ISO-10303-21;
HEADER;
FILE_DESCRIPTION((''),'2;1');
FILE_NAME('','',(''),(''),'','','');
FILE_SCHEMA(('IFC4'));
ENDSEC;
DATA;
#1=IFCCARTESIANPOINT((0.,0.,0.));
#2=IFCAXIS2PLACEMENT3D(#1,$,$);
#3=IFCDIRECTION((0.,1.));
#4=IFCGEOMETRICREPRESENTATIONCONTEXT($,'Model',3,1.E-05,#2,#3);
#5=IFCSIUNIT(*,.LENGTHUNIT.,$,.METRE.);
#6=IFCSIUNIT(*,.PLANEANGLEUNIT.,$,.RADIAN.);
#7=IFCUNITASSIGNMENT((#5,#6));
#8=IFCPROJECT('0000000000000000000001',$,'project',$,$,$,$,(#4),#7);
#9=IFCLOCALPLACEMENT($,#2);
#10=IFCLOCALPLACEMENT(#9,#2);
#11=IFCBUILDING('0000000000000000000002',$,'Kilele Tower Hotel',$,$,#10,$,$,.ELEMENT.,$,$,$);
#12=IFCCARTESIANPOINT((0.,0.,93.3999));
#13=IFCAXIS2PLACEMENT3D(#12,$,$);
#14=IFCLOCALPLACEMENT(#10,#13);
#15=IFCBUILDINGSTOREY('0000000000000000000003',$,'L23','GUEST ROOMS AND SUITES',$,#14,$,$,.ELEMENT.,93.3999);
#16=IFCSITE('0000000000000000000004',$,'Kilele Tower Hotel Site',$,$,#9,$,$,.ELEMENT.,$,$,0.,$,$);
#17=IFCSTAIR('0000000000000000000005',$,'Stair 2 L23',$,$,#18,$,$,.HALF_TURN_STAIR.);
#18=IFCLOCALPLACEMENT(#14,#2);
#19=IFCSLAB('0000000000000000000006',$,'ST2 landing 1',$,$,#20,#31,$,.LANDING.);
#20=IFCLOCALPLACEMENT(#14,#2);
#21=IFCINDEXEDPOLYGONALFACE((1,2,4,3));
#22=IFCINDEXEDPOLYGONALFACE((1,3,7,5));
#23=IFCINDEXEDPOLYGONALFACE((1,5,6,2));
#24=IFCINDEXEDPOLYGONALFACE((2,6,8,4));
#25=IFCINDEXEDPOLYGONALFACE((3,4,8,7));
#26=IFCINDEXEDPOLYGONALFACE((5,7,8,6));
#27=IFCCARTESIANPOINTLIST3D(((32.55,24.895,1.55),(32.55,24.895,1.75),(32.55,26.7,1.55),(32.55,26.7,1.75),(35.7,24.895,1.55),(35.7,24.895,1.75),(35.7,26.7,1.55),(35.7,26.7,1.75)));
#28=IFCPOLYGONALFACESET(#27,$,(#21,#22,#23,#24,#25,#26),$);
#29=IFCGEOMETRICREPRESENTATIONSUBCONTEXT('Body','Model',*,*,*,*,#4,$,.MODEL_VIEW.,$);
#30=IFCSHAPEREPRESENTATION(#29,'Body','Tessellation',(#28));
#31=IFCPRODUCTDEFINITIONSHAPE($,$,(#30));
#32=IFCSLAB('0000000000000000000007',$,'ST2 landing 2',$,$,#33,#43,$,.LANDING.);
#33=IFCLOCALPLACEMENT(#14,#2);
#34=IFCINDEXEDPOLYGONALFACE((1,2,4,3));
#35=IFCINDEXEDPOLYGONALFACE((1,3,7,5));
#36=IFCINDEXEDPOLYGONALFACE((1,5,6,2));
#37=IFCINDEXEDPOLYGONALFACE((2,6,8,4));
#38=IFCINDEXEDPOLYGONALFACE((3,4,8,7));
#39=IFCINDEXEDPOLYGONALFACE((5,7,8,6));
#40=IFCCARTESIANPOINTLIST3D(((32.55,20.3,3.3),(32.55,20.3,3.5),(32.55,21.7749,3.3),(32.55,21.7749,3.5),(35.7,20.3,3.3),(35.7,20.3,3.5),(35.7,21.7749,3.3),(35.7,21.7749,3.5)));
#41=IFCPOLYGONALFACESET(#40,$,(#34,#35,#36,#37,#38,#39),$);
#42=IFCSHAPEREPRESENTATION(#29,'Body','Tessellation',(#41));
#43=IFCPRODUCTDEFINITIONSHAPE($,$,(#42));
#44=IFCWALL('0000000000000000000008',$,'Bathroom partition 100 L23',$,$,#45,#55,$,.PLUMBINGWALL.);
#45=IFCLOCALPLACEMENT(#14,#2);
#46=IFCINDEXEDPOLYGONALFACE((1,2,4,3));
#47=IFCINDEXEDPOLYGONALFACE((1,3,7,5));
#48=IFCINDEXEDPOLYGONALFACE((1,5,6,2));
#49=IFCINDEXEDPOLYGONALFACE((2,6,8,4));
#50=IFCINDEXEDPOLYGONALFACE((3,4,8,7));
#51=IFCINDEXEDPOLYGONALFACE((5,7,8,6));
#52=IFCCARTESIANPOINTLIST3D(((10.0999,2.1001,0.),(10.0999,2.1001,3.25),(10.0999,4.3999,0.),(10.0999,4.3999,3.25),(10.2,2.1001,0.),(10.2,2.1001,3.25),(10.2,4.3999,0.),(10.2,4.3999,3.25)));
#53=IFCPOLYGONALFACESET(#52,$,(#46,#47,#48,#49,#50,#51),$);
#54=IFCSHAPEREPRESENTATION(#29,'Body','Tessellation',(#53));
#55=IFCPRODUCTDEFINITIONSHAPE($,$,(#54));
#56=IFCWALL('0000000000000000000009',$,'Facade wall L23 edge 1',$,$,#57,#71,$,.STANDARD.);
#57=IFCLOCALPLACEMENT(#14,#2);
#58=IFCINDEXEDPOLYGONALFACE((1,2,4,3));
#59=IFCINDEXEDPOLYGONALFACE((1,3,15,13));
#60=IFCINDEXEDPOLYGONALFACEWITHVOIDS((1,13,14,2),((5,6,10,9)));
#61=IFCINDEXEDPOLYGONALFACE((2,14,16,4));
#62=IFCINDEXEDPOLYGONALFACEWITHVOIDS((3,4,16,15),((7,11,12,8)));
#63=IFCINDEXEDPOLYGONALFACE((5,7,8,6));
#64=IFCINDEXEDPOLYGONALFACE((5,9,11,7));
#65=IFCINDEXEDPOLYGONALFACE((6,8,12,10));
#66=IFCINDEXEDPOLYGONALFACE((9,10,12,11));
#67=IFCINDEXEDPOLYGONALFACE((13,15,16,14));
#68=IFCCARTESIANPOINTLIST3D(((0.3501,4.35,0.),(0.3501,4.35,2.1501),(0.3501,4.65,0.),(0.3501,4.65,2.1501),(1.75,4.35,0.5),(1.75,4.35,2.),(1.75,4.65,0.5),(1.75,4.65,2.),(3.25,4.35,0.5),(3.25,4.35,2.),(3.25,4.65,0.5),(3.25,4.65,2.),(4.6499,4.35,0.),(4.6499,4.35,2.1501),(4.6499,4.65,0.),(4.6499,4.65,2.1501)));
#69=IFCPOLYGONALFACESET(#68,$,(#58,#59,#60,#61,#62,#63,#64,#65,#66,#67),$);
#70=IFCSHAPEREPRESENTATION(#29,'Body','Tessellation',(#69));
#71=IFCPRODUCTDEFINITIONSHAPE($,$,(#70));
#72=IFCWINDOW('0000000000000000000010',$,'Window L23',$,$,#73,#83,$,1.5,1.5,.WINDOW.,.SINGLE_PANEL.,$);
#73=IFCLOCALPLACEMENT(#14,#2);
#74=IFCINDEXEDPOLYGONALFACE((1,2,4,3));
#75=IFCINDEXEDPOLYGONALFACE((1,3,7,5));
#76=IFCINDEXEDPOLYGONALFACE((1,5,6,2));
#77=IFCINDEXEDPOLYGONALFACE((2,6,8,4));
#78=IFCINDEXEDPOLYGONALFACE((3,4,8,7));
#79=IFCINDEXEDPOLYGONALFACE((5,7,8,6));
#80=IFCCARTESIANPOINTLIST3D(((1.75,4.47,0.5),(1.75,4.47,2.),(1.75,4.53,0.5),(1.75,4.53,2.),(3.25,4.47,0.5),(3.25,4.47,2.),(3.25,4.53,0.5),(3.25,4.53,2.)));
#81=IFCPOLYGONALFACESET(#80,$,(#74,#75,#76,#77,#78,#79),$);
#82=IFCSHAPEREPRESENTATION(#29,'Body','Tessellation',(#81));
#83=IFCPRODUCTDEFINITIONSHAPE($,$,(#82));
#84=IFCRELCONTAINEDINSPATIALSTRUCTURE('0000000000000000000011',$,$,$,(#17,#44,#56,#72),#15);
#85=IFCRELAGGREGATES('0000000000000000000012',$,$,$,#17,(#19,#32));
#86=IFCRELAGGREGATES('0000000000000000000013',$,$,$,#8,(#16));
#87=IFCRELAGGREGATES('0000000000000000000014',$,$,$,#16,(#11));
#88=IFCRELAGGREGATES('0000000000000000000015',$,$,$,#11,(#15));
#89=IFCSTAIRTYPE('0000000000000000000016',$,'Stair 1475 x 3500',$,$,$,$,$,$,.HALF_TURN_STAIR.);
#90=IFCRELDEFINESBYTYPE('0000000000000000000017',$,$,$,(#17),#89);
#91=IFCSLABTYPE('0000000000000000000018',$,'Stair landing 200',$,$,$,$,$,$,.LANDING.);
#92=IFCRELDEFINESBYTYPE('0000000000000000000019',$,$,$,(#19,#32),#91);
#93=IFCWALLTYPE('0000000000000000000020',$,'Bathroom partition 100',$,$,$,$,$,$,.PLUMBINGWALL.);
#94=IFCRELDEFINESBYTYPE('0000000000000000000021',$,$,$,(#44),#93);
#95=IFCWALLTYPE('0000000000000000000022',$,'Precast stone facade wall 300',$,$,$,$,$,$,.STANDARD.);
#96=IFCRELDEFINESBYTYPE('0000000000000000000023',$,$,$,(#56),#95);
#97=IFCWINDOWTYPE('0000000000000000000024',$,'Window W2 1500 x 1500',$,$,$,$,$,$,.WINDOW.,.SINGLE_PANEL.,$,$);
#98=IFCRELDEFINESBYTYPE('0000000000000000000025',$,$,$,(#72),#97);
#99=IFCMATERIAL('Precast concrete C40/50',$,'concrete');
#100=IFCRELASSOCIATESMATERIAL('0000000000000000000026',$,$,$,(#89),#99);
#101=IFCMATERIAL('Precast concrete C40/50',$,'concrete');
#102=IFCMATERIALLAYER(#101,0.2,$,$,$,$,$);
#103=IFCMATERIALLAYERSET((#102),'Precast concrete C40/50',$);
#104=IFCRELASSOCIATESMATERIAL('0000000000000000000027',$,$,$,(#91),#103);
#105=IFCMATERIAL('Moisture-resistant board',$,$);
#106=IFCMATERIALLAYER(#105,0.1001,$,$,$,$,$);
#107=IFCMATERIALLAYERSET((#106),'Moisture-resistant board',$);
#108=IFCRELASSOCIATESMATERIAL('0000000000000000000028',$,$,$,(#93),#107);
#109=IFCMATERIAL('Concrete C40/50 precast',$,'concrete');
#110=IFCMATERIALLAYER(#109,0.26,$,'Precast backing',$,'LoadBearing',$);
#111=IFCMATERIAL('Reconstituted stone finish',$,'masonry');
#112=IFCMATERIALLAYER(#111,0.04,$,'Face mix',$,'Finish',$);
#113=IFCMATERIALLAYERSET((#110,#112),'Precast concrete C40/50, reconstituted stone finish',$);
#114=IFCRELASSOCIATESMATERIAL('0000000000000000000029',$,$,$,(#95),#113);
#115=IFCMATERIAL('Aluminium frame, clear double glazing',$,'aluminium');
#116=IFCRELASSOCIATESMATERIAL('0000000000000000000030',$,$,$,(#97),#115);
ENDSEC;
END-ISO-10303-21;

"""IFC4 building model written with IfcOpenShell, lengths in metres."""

from ifc_helpers import new_model, si_unit, direction, frame, frame_2d, origin, place, context, subcontext, project, spatial, polyline, rectangle, outline, extrude, material, layer, layer_set, type_object, element, fill, aggregate, save


model = new_model("IFC4")

# Units and contexts
model_context = context("Model", 3, precision=1e-05, world=origin(), true_north=direction((0.0, 1.0)))
body_context = subcontext(model_context, "Body", "Model", "MODEL_VIEW")
ifc_project = project(units=[si_unit("LENGTHUNIT", "METRE"), si_unit("PLANEANGLEUNIT", "RADIAN")], contexts=[model_context])

# Site, building, storey
site_placement = place(None, origin())
site = spatial("IfcSite", under=ifc_project, at=site_placement, Name="Kilele Tower Hotel Site", CompositionType="ELEMENT", RefElevation=0.0)
building_placement = place(site_placement, origin())
building = spatial("IfcBuilding", under=site, at=building_placement, Name="Kilele Tower Hotel", CompositionType="ELEMENT")
storey_placement = place(building_placement, frame((0.0, 0.0, 93.3999)))
storey = spatial("IfcBuildingStorey", under=building, at=storey_placement, Name="L23", Description="GUEST ROOMS AND SUITES", CompositionType="ELEMENT", Elevation=93.3999)

# Stair, slabs
ifc_material_1 = material(Name="Precast concrete C40/50", Category="concrete")
stair_type = type_object("IfcStairType", Name="Stair 1475 x 3500", PredefinedType="HALF_TURN_STAIR", material=ifc_material_1)
ifc_material_2 = material(Name="Precast concrete C40/50", Category="concrete")
ifc_layer_1 = layer(ifc_material_2, 0.2)
ifc_layer_set_1 = layer_set([ifc_layer_1], Name="Precast concrete C40/50")
slab_type_1 = type_object("IfcSlabType", Name="Stair landing 200", PredefinedType="LANDING", material=ifc_layer_set_1)
stair_1_placement = place(storey_placement, origin())
stair_1 = element("IfcStair", 1, at=stair_1_placement, inside=storey, type_object=stair_type, Name="Stair 2 L23", PredefinedType="HALF_TURN_STAIR")
slab_1_placement = place(storey_placement, frame((0.0, 0.0, 1.55)))
slab_1 = element("IfcSlab", 2, at=slab_1_placement, type_object=slab_type_1, Name="ST2 landing 1", PredefinedType="LANDING", context=body_context, shape_type="SweptSolid", body=[
    extrude(outline(polyline([(32.55, 24.895), (35.7, 24.895), (35.7, 26.7), (32.55, 26.7), (32.55, 24.895)])), origin(), (0.0, 0.0, 1.0), 0.2),
])
slab_2_placement = place(storey_placement, frame((0.0, 0.0, 3.3)))
slab_2 = element("IfcSlab", 3, at=slab_2_placement, type_object=slab_type_1, Name="ST2 landing 2", PredefinedType="LANDING", context=body_context, shape_type="SweptSolid", body=[
    extrude(outline(polyline([(32.55, 20.3), (35.7, 20.3), (35.7, 21.7749), (32.55, 21.7749), (32.55, 20.3)])), origin(), (0.0, 0.0, 1.0), 0.2),
])
aggregate(stair_1, [slab_1, slab_2])

# Wall
ifc_material_3 = material(Name="Moisture-resistant board")
ifc_layer_2 = layer(ifc_material_3, 0.1001)
ifc_layer_set_2 = layer_set([ifc_layer_2], Name="Moisture-resistant board")
wall_type_1 = type_object("IfcWallType", Name="Bathroom partition 100", PredefinedType="PLUMBINGWALL", material=ifc_layer_set_2)
wall_1_placement = place(storey_placement, frame((10.1499, 4.3999, 0.0), z_axis=(0.0, 0.0, 1.0), x_axis=(0.0, -1.0, 0.0)))
element("IfcWall", 4, at=wall_1_placement, inside=storey, type_object=wall_type_1, Name="Bathroom partition 100 L23", PredefinedType="PLUMBINGWALL", context=body_context, shape_type="SweptSolid", body=[
    extrude(rectangle(XDim=2.2998, YDim=0.1001, at=frame_2d((1.1499, 0.0))), origin(), (0.0, 0.0, 1.0), 3.25),
])

# Wall, opening, window
ifc_material_4 = material(Name="Concrete C40/50 precast", Category="concrete")
ifc_layer_3 = layer(ifc_material_4, 0.26, Name="Precast backing", Category="LoadBearing")
ifc_material_5 = material(Name="Reconstituted stone finish", Category="masonry")
ifc_layer_4 = layer(ifc_material_5, 0.04, Name="Face mix", Category="Finish")
ifc_layer_set_3 = layer_set([ifc_layer_3, ifc_layer_4], Name="Precast concrete C40/50, reconstituted stone finish")
wall_type_2 = type_object("IfcWallType", Name="Precast stone facade wall 300", PredefinedType="STANDARD", material=ifc_layer_set_3)
wall_2_placement = place(storey_placement, frame((0.3501, 4.5, 0.0), z_axis=(0.0, 0.0, 1.0), x_axis=(1.0, 0.0, 0.0)))
wall_2 = element("IfcWall", 5, at=wall_2_placement, inside=storey, type_object=wall_type_2, Name="Facade wall L23 edge 1", PredefinedType="STANDARD", context=body_context, shape_type="SweptSolid", body=[
    extrude(rectangle(XDim=4.2998, YDim=0.3, at=frame_2d((2.1499, 0.0))), origin(), (0.0, 0.0, 1.0), 2.1501),
])
opening_1_placement = place(wall_2_placement, frame((1.3999, 0.0, 0.5)))
opening_1 = element("IfcOpeningElement", 6, at=opening_1_placement, cuts=wall_2, PredefinedType="OPENING", context=body_context, shape_type="SweptSolid", body=[
    extrude(rectangle(XDim=1.5, YDim=1.5, at=frame_2d((0.75, 0.75))), frame((0.0, 0.1599, 0.0), z_axis=(0.0, -1.0, 0.0), x_axis=(1.0, 0.0, 0.0)), (0.0, 0.0, 1.0), 0.3201),
])
ifc_material_6 = material(Name="Aluminium frame, clear double glazing", Category="aluminium")
window_type = type_object("IfcWindowType", Name="Window W2 1500 x 1500", PartitioningType="SINGLE_PANEL", PredefinedType="WINDOW", material=ifc_material_6)
window_1_placement = place(opening_1_placement, origin())
window_1 = element("IfcWindow", 7, at=window_1_placement, inside=storey, type_object=window_type, Name="Window L23", OverallHeight=1.5, OverallWidth=1.5, PartitioningType="SINGLE_PANEL", PredefinedType="WINDOW", context=body_context, shape_type="SweptSolid", body=[
    extrude(rectangle(XDim=1.5, YDim=1.5, at=frame_2d((0.75, 0.75))), frame((0.0, 0.03, 0.0), z_axis=(0.0, -1.0, 0.0), x_axis=(1.0, 0.0, 0.0)), (0.0, 0.0, 1.0), 0.0601),
])
fill(opening_1, window_1)

save(model, "model.ifc")
